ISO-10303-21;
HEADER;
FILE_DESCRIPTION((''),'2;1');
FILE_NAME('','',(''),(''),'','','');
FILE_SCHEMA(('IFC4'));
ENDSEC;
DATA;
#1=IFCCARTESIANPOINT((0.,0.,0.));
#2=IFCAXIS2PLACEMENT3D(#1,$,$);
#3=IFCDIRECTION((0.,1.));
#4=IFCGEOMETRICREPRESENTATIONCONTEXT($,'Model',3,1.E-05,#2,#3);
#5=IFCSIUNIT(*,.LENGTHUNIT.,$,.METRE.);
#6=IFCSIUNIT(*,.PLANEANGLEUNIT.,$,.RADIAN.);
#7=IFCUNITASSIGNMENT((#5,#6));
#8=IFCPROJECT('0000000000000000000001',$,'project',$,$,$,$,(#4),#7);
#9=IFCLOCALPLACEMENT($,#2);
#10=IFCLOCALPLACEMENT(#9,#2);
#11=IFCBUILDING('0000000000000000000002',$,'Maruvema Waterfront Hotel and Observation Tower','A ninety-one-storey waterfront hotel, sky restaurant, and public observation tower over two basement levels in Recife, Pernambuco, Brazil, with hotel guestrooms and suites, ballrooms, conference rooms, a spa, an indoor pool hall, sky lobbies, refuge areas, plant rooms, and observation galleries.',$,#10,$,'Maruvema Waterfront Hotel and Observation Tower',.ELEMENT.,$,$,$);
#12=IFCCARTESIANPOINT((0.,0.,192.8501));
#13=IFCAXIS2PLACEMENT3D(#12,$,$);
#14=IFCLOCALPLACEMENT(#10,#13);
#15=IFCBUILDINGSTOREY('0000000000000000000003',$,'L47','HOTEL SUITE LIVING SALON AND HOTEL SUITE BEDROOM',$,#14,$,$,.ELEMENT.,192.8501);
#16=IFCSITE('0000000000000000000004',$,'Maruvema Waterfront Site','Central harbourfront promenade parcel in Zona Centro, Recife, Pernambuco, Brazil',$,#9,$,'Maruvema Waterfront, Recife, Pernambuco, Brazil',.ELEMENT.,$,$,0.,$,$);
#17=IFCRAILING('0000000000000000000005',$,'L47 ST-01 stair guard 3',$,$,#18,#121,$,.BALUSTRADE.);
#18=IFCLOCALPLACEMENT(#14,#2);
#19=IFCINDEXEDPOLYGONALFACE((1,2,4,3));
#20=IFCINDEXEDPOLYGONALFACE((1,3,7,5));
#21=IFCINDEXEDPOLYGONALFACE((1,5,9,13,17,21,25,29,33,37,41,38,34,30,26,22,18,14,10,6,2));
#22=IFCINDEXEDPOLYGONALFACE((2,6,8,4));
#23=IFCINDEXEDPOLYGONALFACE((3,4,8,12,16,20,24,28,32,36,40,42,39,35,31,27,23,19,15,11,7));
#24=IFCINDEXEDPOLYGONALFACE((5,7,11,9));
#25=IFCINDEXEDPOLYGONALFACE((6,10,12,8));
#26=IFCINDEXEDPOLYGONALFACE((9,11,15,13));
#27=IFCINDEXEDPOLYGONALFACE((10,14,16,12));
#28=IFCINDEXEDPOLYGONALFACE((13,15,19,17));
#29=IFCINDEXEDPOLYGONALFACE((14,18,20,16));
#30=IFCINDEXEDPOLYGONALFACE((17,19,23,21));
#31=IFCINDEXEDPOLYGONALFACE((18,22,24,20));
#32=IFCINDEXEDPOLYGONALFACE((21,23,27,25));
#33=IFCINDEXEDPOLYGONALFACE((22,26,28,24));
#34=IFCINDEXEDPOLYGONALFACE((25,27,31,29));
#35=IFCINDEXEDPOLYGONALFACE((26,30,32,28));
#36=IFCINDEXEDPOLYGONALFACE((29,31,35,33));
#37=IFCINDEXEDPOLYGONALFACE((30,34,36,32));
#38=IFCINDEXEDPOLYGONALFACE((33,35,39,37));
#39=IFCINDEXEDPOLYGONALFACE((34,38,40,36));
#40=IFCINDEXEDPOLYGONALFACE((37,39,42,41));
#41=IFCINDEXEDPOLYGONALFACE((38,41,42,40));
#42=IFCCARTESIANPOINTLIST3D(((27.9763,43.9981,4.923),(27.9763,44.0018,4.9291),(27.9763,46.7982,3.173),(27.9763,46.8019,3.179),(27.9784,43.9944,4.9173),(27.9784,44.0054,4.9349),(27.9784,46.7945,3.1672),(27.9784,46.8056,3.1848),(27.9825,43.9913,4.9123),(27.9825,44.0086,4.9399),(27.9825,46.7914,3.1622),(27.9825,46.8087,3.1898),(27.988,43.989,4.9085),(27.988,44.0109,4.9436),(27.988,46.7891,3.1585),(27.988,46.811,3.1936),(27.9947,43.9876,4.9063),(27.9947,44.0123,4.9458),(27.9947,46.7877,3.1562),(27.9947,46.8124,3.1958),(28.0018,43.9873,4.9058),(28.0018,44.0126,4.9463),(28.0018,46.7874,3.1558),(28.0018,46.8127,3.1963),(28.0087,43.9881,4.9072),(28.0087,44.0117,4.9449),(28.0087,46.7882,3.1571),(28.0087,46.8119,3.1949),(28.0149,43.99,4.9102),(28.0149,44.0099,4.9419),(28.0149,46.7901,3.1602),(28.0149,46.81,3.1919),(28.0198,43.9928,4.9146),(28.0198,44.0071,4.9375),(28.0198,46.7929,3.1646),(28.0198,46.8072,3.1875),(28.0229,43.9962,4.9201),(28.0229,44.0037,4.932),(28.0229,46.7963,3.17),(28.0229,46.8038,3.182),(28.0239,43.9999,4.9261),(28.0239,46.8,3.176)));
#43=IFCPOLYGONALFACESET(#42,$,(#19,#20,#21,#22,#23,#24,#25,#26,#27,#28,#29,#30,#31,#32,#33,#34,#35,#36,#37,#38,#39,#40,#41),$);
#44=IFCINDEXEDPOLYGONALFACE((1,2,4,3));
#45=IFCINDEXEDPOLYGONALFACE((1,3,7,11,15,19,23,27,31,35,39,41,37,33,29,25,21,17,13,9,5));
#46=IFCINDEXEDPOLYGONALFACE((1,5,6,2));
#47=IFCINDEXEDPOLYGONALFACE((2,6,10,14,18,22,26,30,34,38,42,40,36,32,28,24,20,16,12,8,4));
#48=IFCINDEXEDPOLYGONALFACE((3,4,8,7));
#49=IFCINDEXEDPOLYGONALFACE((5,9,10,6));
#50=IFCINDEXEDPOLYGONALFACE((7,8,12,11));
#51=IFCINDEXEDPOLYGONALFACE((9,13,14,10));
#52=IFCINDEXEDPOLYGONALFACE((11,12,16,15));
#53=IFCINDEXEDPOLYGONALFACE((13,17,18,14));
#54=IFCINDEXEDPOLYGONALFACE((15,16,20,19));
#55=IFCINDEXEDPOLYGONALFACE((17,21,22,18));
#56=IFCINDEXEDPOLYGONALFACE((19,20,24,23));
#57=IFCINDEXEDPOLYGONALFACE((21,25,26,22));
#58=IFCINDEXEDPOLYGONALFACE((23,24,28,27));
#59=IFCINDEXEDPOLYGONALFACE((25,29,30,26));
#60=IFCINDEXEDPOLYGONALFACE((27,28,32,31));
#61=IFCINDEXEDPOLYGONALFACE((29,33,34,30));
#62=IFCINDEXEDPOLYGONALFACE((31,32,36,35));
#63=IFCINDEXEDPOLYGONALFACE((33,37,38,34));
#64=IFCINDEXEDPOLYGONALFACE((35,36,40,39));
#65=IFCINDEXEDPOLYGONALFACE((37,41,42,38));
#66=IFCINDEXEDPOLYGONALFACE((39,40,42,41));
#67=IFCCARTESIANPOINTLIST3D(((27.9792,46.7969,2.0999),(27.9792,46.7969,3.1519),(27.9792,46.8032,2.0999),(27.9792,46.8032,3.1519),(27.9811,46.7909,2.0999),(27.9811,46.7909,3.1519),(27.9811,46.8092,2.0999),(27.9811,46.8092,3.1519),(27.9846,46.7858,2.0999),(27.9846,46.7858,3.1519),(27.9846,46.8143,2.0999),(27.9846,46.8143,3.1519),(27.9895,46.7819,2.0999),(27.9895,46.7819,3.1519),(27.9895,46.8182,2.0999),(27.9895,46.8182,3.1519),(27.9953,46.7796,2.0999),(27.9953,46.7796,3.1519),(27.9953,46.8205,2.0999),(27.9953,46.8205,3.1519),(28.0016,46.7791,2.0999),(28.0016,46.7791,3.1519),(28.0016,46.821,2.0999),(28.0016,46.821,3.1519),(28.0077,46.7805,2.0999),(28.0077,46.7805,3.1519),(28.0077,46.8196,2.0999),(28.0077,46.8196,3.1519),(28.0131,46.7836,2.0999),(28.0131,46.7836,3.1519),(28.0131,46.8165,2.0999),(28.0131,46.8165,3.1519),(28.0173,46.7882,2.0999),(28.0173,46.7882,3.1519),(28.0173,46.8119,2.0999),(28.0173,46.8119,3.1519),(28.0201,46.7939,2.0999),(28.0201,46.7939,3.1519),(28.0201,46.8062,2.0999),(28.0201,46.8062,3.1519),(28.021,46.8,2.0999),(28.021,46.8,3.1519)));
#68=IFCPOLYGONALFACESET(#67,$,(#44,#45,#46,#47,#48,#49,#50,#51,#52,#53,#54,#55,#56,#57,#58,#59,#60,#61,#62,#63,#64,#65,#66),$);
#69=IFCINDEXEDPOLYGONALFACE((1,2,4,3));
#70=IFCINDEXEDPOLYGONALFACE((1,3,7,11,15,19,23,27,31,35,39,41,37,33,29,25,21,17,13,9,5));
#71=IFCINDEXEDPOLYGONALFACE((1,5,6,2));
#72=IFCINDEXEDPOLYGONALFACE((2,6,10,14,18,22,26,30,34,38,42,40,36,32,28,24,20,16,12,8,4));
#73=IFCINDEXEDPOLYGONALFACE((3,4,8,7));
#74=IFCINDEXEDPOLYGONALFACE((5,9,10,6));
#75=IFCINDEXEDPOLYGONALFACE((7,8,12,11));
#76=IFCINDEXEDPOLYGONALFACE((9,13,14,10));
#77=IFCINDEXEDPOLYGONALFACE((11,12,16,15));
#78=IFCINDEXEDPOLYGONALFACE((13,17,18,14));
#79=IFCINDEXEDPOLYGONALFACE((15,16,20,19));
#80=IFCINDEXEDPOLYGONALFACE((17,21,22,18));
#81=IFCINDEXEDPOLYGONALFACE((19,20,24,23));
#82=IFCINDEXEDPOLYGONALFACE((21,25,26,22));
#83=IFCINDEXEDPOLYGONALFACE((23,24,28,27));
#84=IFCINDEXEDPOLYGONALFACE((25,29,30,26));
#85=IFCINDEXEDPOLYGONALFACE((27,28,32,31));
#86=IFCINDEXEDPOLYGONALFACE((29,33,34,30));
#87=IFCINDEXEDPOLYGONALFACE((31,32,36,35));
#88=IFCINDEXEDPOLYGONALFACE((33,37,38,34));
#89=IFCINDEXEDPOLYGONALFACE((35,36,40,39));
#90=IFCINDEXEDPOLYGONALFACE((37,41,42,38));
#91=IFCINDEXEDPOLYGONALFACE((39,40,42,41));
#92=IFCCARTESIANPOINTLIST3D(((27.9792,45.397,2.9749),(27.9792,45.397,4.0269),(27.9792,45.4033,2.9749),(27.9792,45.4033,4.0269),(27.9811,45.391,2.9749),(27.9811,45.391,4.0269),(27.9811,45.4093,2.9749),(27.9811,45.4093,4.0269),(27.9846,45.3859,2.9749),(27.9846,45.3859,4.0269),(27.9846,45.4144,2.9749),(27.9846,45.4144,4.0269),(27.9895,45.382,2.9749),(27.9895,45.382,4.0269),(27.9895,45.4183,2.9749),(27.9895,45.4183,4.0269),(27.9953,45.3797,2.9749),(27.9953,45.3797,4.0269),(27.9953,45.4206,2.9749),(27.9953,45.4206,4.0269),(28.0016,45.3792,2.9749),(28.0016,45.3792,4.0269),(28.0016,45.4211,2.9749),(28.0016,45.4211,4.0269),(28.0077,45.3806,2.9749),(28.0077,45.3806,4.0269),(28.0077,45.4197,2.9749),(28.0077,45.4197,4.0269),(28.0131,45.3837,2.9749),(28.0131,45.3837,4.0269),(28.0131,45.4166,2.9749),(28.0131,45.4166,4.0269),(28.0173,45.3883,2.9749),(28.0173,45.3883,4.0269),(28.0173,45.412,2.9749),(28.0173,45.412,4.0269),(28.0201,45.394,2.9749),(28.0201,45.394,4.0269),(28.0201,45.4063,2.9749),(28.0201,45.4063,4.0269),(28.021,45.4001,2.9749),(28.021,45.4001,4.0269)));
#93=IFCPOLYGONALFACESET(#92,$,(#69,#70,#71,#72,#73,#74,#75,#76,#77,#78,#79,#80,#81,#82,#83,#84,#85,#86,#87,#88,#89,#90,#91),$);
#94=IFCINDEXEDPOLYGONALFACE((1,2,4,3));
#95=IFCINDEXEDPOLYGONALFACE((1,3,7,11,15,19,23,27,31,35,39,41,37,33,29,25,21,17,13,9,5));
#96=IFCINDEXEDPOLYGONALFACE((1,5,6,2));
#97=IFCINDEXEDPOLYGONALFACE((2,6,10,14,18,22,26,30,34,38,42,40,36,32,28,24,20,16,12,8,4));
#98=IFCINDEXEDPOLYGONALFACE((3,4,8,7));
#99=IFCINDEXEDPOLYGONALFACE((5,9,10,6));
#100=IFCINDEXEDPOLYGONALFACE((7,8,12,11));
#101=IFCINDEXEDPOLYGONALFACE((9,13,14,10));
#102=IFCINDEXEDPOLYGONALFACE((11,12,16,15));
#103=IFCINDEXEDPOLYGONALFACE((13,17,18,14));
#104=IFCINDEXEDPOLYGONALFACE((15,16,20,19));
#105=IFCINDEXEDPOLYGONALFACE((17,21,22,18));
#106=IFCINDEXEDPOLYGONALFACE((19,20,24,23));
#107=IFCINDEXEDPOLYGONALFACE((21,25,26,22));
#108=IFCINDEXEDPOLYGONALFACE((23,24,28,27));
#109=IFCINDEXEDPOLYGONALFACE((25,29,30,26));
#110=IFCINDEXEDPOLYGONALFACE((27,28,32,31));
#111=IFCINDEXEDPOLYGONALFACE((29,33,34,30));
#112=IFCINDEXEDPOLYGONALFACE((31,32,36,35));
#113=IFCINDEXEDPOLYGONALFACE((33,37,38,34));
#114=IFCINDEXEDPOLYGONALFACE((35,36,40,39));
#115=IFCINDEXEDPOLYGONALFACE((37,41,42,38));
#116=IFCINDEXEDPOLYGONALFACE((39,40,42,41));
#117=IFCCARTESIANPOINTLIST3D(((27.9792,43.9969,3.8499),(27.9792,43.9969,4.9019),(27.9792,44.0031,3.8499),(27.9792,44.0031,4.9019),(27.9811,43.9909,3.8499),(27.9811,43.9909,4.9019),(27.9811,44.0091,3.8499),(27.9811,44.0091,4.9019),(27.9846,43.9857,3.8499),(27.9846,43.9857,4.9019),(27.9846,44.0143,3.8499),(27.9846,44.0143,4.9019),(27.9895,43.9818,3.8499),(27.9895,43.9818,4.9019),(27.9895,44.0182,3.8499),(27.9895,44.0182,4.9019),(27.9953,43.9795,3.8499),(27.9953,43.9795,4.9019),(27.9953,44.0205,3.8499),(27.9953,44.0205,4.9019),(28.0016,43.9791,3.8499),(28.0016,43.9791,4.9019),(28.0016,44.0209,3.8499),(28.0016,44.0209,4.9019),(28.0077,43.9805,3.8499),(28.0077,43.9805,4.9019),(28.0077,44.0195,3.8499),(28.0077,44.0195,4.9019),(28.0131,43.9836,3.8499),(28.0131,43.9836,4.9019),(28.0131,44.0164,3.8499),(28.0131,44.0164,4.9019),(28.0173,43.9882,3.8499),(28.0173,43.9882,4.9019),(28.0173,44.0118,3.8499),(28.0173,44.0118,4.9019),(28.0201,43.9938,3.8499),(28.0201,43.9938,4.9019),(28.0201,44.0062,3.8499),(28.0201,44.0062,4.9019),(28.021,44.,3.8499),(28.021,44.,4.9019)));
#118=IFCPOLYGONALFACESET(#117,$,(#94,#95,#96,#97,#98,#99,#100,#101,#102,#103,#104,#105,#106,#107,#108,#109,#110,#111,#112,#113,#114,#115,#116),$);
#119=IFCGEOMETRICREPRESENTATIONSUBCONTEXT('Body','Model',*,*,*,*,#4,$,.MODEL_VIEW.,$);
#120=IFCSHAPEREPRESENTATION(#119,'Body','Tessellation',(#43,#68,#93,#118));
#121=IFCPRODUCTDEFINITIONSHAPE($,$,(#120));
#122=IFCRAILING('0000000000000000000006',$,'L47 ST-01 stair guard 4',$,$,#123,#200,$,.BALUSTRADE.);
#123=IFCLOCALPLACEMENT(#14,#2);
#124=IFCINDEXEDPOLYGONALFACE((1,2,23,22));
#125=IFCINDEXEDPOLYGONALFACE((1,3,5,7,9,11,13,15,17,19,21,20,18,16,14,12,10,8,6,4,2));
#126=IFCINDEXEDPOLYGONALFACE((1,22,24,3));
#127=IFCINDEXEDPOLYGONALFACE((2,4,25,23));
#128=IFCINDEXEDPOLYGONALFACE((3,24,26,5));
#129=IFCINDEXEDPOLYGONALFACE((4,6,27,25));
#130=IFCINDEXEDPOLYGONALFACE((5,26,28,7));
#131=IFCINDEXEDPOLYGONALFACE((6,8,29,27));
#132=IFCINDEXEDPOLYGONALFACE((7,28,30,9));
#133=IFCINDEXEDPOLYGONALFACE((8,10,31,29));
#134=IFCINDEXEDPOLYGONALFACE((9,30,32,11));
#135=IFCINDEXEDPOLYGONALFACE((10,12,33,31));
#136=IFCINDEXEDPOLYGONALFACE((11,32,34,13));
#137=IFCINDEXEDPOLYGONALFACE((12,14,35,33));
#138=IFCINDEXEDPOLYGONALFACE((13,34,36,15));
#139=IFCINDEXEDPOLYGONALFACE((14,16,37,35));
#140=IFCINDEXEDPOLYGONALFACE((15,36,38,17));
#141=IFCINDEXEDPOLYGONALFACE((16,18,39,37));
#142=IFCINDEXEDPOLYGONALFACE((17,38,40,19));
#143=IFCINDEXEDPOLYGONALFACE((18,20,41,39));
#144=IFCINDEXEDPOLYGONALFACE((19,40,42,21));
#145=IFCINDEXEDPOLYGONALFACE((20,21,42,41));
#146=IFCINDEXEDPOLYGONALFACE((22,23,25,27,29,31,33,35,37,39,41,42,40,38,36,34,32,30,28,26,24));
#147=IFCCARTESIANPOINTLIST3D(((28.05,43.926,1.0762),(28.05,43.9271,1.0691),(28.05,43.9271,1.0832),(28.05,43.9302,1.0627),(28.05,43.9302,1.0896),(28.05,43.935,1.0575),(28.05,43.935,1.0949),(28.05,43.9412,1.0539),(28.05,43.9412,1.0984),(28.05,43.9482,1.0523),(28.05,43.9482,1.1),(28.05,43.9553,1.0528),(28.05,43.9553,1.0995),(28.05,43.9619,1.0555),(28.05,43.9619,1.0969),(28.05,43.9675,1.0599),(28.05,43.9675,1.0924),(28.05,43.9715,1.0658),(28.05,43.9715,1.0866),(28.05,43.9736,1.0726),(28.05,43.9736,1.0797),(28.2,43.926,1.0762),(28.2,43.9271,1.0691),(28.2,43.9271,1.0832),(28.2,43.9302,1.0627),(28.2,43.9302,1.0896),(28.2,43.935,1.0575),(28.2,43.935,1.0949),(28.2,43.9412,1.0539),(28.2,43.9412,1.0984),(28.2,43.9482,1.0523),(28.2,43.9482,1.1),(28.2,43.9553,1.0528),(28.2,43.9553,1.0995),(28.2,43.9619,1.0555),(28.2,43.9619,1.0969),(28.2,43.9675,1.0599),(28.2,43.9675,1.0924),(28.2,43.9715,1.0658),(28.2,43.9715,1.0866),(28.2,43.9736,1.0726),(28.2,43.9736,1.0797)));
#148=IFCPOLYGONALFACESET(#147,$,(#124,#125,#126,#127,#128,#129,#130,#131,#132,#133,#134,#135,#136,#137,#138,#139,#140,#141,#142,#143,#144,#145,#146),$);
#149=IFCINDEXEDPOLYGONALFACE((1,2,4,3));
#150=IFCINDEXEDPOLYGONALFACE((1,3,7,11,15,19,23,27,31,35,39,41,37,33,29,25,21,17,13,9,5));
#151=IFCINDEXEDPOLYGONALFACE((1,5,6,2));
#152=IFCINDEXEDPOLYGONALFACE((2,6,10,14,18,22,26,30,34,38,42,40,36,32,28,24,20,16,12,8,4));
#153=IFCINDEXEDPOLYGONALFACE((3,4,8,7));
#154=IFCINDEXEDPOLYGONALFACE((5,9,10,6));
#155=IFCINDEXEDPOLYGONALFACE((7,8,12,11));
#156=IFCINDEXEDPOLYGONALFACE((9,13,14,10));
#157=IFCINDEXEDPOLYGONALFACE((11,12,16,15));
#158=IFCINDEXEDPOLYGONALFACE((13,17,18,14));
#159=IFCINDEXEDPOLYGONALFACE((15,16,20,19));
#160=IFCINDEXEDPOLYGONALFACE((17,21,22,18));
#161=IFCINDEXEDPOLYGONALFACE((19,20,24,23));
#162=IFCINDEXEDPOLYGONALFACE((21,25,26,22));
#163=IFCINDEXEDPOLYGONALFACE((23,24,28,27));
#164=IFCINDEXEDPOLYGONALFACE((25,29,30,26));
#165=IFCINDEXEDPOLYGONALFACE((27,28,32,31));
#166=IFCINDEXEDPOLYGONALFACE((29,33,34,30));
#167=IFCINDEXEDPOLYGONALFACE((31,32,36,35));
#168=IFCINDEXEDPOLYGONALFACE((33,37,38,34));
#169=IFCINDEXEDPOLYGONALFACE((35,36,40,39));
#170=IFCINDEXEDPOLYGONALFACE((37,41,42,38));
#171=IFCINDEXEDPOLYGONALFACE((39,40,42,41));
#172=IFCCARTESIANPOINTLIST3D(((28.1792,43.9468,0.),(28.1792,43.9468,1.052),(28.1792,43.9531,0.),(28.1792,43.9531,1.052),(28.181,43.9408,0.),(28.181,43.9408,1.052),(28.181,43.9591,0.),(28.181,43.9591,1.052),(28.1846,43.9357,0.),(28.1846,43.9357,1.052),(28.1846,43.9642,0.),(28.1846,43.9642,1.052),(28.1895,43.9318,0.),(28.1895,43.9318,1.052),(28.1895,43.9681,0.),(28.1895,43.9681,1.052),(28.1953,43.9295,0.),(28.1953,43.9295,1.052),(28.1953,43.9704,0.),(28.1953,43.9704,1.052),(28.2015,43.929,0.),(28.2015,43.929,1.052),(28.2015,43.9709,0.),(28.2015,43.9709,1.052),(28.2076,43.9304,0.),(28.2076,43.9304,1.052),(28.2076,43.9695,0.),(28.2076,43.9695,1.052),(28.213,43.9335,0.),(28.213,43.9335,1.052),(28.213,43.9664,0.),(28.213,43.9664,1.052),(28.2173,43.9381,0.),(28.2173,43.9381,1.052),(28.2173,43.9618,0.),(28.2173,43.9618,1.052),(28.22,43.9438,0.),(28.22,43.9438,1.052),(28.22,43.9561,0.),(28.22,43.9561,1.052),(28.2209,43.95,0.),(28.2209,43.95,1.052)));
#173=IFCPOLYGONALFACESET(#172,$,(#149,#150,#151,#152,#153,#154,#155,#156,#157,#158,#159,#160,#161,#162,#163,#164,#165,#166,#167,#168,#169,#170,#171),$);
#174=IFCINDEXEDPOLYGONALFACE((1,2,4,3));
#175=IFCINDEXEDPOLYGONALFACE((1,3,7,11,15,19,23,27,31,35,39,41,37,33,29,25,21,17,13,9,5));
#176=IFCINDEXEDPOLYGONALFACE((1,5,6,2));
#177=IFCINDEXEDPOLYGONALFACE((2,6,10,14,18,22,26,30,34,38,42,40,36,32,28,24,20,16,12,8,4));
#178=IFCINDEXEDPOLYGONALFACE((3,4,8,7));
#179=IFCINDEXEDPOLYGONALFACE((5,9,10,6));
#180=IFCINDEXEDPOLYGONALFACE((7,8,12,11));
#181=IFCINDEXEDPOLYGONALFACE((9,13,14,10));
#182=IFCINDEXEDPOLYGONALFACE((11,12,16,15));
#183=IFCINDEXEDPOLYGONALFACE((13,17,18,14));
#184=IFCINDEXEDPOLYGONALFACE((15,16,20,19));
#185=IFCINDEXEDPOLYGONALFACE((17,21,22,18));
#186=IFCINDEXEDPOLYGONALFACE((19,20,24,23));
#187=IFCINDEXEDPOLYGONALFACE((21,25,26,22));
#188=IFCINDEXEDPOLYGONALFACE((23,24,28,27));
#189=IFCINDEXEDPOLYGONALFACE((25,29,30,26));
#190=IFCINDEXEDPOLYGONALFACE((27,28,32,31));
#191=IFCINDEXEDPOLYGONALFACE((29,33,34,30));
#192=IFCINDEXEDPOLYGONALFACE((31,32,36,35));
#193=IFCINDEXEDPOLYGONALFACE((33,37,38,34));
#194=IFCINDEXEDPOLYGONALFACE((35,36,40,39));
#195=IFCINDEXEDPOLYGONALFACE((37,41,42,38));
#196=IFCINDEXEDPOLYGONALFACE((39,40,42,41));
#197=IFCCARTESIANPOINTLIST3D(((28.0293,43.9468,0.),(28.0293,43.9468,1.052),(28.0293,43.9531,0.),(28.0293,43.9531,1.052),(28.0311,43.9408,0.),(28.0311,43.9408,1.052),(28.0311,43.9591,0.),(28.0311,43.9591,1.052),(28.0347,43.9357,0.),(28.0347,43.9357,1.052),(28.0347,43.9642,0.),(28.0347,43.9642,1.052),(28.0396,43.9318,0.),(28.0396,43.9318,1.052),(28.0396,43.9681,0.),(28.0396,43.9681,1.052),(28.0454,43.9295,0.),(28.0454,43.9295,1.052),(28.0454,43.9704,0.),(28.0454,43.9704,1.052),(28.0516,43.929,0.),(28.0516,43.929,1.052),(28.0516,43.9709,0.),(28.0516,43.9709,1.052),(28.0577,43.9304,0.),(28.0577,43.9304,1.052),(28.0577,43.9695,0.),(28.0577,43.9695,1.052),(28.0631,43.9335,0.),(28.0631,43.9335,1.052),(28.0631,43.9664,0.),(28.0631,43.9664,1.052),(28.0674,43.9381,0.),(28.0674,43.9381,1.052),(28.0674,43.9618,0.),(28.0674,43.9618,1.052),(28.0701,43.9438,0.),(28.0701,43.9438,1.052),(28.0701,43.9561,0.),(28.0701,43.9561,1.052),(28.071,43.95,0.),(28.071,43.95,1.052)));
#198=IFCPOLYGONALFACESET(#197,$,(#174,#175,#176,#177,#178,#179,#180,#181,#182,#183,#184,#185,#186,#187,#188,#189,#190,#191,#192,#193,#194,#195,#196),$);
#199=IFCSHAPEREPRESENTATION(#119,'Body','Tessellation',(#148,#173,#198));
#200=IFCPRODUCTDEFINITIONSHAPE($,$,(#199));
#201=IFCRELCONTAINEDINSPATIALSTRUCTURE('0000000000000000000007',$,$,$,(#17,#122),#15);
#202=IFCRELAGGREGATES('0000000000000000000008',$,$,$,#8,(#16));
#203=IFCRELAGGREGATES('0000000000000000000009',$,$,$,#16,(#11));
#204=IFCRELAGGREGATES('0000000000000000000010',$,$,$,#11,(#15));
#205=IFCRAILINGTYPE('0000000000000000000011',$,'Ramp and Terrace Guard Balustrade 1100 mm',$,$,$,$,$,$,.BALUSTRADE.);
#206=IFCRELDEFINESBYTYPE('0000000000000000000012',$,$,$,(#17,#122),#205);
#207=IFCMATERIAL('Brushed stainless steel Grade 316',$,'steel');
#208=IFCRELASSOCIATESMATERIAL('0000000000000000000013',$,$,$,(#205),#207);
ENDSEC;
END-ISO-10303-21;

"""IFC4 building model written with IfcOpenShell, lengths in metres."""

from ifc_helpers import new_model, si_unit, direction, frame, origin, origin_2d, place, context, subcontext, project, spatial, circle, extrude, material, type_object, element, save


model = new_model("IFC4")

# Units and contexts
model_context = context("Model", 3, precision=1e-05, world=origin(), true_north=direction((0.0, 1.0)))
body_context = subcontext(model_context, "Body", "Model", "MODEL_VIEW")
ifc_project = project(units=[si_unit("LENGTHUNIT", "METRE"), si_unit("PLANEANGLEUNIT", "RADIAN")], contexts=[model_context])

# Site, building, storey
site_placement = place(None, origin())
site = spatial("IfcSite", under=ifc_project, at=site_placement, Name="Maruvema Waterfront Site", Description="Central harbourfront promenade parcel in Zona Centro, Recife, Pernambuco, Brazil", LongName="Maruvema Waterfront, Recife, Pernambuco, Brazil", CompositionType="ELEMENT", RefElevation=0.0)
building_placement = place(site_placement, origin())
building = spatial("IfcBuilding", under=site, at=building_placement, Name="Maruvema Waterfront Hotel and Observation Tower", Description="A ninety-one-storey waterfront hotel, sky restaurant, and public observation tower over two basement levels in Recife, Pernambuco, Brazil, with hotel guestrooms and suites, ballrooms, conference rooms, a spa, an indoor pool hall, sky lobbies, refuge areas, plant rooms, and observation galleries.", LongName="Maruvema Waterfront Hotel and Observation Tower", CompositionType="ELEMENT")
storey_placement = place(building_placement, frame((0.0, 0.0, 192.8501)))
storey = spatial("IfcBuildingStorey", under=building, at=storey_placement, Name="L47", Description="HOTEL SUITE LIVING SALON AND HOTEL SUITE BEDROOM", CompositionType="ELEMENT", Elevation=192.8501)

# Railings
ifc_material_1 = material(Name="Brushed stainless steel Grade 316", Category="steel")
railing_type_1 = type_object("IfcRailingType", Name="Ramp and Terrace Guard Balustrade 1100 mm", PredefinedType="BALUSTRADE", material=ifc_material_1)
railing_1_placement = place(storey_placement, frame((28.0, 46.8, 2.0999)))
element("IfcRailing", 1, at=railing_1_placement, inside=storey, type_object=railing_type_1, Name="L47 ST-01 stair guard 3", PredefinedType="BALUSTRADE", context=body_context, shape_type="SweptSolid", body=[
    extrude(circle(Radius=0.0239, at=origin_2d()), frame((0.0, 0.0, 1.0762), z_axis=(0.0, -0.848002, 0.529992), x_axis=(1.0, 0.0, 0.0)), (0.0, 0.0, 1.0), 3.302),
    extrude(circle(Radius=0.021, at=origin_2d()), origin(), (0.0, 0.0, 1.0), 1.052),
    extrude(circle(Radius=0.021, at=origin_2d()), frame((0.0, -1.3999, 0.875)), (0.0, 0.0, 1.0), 1.052),
    extrude(circle(Radius=0.021, at=origin_2d()), frame((0.0, -2.8, 1.75)), (0.0, 0.0, 1.0), 1.052),
])
railing_2_placement = place(storey_placement, frame((28.2, 43.95, 0.0)))
element("IfcRailing", 2, at=railing_2_placement, inside=storey, type_object=railing_type_1, Name="L47 ST-01 stair guard 4", PredefinedType="BALUSTRADE", context=body_context, shape_type="SweptSolid", body=[
    extrude(circle(Radius=0.0239, at=origin_2d()), frame((0.0, 0.0, 1.0762), z_axis=(-1.0, 0.0, 0.0), x_axis=(0.0, -1.0, 0.0)), (0.0, 0.0, 1.0), 0.1499),
    extrude(circle(Radius=0.021, at=origin_2d()), origin(), (0.0, 0.0, 1.0), 1.052),
    extrude(circle(Radius=0.021, at=origin_2d()), frame((-0.1499, 0.0, 0.0)), (0.0, 0.0, 1.0), 1.052),
])

save(model, "model.ifc")
